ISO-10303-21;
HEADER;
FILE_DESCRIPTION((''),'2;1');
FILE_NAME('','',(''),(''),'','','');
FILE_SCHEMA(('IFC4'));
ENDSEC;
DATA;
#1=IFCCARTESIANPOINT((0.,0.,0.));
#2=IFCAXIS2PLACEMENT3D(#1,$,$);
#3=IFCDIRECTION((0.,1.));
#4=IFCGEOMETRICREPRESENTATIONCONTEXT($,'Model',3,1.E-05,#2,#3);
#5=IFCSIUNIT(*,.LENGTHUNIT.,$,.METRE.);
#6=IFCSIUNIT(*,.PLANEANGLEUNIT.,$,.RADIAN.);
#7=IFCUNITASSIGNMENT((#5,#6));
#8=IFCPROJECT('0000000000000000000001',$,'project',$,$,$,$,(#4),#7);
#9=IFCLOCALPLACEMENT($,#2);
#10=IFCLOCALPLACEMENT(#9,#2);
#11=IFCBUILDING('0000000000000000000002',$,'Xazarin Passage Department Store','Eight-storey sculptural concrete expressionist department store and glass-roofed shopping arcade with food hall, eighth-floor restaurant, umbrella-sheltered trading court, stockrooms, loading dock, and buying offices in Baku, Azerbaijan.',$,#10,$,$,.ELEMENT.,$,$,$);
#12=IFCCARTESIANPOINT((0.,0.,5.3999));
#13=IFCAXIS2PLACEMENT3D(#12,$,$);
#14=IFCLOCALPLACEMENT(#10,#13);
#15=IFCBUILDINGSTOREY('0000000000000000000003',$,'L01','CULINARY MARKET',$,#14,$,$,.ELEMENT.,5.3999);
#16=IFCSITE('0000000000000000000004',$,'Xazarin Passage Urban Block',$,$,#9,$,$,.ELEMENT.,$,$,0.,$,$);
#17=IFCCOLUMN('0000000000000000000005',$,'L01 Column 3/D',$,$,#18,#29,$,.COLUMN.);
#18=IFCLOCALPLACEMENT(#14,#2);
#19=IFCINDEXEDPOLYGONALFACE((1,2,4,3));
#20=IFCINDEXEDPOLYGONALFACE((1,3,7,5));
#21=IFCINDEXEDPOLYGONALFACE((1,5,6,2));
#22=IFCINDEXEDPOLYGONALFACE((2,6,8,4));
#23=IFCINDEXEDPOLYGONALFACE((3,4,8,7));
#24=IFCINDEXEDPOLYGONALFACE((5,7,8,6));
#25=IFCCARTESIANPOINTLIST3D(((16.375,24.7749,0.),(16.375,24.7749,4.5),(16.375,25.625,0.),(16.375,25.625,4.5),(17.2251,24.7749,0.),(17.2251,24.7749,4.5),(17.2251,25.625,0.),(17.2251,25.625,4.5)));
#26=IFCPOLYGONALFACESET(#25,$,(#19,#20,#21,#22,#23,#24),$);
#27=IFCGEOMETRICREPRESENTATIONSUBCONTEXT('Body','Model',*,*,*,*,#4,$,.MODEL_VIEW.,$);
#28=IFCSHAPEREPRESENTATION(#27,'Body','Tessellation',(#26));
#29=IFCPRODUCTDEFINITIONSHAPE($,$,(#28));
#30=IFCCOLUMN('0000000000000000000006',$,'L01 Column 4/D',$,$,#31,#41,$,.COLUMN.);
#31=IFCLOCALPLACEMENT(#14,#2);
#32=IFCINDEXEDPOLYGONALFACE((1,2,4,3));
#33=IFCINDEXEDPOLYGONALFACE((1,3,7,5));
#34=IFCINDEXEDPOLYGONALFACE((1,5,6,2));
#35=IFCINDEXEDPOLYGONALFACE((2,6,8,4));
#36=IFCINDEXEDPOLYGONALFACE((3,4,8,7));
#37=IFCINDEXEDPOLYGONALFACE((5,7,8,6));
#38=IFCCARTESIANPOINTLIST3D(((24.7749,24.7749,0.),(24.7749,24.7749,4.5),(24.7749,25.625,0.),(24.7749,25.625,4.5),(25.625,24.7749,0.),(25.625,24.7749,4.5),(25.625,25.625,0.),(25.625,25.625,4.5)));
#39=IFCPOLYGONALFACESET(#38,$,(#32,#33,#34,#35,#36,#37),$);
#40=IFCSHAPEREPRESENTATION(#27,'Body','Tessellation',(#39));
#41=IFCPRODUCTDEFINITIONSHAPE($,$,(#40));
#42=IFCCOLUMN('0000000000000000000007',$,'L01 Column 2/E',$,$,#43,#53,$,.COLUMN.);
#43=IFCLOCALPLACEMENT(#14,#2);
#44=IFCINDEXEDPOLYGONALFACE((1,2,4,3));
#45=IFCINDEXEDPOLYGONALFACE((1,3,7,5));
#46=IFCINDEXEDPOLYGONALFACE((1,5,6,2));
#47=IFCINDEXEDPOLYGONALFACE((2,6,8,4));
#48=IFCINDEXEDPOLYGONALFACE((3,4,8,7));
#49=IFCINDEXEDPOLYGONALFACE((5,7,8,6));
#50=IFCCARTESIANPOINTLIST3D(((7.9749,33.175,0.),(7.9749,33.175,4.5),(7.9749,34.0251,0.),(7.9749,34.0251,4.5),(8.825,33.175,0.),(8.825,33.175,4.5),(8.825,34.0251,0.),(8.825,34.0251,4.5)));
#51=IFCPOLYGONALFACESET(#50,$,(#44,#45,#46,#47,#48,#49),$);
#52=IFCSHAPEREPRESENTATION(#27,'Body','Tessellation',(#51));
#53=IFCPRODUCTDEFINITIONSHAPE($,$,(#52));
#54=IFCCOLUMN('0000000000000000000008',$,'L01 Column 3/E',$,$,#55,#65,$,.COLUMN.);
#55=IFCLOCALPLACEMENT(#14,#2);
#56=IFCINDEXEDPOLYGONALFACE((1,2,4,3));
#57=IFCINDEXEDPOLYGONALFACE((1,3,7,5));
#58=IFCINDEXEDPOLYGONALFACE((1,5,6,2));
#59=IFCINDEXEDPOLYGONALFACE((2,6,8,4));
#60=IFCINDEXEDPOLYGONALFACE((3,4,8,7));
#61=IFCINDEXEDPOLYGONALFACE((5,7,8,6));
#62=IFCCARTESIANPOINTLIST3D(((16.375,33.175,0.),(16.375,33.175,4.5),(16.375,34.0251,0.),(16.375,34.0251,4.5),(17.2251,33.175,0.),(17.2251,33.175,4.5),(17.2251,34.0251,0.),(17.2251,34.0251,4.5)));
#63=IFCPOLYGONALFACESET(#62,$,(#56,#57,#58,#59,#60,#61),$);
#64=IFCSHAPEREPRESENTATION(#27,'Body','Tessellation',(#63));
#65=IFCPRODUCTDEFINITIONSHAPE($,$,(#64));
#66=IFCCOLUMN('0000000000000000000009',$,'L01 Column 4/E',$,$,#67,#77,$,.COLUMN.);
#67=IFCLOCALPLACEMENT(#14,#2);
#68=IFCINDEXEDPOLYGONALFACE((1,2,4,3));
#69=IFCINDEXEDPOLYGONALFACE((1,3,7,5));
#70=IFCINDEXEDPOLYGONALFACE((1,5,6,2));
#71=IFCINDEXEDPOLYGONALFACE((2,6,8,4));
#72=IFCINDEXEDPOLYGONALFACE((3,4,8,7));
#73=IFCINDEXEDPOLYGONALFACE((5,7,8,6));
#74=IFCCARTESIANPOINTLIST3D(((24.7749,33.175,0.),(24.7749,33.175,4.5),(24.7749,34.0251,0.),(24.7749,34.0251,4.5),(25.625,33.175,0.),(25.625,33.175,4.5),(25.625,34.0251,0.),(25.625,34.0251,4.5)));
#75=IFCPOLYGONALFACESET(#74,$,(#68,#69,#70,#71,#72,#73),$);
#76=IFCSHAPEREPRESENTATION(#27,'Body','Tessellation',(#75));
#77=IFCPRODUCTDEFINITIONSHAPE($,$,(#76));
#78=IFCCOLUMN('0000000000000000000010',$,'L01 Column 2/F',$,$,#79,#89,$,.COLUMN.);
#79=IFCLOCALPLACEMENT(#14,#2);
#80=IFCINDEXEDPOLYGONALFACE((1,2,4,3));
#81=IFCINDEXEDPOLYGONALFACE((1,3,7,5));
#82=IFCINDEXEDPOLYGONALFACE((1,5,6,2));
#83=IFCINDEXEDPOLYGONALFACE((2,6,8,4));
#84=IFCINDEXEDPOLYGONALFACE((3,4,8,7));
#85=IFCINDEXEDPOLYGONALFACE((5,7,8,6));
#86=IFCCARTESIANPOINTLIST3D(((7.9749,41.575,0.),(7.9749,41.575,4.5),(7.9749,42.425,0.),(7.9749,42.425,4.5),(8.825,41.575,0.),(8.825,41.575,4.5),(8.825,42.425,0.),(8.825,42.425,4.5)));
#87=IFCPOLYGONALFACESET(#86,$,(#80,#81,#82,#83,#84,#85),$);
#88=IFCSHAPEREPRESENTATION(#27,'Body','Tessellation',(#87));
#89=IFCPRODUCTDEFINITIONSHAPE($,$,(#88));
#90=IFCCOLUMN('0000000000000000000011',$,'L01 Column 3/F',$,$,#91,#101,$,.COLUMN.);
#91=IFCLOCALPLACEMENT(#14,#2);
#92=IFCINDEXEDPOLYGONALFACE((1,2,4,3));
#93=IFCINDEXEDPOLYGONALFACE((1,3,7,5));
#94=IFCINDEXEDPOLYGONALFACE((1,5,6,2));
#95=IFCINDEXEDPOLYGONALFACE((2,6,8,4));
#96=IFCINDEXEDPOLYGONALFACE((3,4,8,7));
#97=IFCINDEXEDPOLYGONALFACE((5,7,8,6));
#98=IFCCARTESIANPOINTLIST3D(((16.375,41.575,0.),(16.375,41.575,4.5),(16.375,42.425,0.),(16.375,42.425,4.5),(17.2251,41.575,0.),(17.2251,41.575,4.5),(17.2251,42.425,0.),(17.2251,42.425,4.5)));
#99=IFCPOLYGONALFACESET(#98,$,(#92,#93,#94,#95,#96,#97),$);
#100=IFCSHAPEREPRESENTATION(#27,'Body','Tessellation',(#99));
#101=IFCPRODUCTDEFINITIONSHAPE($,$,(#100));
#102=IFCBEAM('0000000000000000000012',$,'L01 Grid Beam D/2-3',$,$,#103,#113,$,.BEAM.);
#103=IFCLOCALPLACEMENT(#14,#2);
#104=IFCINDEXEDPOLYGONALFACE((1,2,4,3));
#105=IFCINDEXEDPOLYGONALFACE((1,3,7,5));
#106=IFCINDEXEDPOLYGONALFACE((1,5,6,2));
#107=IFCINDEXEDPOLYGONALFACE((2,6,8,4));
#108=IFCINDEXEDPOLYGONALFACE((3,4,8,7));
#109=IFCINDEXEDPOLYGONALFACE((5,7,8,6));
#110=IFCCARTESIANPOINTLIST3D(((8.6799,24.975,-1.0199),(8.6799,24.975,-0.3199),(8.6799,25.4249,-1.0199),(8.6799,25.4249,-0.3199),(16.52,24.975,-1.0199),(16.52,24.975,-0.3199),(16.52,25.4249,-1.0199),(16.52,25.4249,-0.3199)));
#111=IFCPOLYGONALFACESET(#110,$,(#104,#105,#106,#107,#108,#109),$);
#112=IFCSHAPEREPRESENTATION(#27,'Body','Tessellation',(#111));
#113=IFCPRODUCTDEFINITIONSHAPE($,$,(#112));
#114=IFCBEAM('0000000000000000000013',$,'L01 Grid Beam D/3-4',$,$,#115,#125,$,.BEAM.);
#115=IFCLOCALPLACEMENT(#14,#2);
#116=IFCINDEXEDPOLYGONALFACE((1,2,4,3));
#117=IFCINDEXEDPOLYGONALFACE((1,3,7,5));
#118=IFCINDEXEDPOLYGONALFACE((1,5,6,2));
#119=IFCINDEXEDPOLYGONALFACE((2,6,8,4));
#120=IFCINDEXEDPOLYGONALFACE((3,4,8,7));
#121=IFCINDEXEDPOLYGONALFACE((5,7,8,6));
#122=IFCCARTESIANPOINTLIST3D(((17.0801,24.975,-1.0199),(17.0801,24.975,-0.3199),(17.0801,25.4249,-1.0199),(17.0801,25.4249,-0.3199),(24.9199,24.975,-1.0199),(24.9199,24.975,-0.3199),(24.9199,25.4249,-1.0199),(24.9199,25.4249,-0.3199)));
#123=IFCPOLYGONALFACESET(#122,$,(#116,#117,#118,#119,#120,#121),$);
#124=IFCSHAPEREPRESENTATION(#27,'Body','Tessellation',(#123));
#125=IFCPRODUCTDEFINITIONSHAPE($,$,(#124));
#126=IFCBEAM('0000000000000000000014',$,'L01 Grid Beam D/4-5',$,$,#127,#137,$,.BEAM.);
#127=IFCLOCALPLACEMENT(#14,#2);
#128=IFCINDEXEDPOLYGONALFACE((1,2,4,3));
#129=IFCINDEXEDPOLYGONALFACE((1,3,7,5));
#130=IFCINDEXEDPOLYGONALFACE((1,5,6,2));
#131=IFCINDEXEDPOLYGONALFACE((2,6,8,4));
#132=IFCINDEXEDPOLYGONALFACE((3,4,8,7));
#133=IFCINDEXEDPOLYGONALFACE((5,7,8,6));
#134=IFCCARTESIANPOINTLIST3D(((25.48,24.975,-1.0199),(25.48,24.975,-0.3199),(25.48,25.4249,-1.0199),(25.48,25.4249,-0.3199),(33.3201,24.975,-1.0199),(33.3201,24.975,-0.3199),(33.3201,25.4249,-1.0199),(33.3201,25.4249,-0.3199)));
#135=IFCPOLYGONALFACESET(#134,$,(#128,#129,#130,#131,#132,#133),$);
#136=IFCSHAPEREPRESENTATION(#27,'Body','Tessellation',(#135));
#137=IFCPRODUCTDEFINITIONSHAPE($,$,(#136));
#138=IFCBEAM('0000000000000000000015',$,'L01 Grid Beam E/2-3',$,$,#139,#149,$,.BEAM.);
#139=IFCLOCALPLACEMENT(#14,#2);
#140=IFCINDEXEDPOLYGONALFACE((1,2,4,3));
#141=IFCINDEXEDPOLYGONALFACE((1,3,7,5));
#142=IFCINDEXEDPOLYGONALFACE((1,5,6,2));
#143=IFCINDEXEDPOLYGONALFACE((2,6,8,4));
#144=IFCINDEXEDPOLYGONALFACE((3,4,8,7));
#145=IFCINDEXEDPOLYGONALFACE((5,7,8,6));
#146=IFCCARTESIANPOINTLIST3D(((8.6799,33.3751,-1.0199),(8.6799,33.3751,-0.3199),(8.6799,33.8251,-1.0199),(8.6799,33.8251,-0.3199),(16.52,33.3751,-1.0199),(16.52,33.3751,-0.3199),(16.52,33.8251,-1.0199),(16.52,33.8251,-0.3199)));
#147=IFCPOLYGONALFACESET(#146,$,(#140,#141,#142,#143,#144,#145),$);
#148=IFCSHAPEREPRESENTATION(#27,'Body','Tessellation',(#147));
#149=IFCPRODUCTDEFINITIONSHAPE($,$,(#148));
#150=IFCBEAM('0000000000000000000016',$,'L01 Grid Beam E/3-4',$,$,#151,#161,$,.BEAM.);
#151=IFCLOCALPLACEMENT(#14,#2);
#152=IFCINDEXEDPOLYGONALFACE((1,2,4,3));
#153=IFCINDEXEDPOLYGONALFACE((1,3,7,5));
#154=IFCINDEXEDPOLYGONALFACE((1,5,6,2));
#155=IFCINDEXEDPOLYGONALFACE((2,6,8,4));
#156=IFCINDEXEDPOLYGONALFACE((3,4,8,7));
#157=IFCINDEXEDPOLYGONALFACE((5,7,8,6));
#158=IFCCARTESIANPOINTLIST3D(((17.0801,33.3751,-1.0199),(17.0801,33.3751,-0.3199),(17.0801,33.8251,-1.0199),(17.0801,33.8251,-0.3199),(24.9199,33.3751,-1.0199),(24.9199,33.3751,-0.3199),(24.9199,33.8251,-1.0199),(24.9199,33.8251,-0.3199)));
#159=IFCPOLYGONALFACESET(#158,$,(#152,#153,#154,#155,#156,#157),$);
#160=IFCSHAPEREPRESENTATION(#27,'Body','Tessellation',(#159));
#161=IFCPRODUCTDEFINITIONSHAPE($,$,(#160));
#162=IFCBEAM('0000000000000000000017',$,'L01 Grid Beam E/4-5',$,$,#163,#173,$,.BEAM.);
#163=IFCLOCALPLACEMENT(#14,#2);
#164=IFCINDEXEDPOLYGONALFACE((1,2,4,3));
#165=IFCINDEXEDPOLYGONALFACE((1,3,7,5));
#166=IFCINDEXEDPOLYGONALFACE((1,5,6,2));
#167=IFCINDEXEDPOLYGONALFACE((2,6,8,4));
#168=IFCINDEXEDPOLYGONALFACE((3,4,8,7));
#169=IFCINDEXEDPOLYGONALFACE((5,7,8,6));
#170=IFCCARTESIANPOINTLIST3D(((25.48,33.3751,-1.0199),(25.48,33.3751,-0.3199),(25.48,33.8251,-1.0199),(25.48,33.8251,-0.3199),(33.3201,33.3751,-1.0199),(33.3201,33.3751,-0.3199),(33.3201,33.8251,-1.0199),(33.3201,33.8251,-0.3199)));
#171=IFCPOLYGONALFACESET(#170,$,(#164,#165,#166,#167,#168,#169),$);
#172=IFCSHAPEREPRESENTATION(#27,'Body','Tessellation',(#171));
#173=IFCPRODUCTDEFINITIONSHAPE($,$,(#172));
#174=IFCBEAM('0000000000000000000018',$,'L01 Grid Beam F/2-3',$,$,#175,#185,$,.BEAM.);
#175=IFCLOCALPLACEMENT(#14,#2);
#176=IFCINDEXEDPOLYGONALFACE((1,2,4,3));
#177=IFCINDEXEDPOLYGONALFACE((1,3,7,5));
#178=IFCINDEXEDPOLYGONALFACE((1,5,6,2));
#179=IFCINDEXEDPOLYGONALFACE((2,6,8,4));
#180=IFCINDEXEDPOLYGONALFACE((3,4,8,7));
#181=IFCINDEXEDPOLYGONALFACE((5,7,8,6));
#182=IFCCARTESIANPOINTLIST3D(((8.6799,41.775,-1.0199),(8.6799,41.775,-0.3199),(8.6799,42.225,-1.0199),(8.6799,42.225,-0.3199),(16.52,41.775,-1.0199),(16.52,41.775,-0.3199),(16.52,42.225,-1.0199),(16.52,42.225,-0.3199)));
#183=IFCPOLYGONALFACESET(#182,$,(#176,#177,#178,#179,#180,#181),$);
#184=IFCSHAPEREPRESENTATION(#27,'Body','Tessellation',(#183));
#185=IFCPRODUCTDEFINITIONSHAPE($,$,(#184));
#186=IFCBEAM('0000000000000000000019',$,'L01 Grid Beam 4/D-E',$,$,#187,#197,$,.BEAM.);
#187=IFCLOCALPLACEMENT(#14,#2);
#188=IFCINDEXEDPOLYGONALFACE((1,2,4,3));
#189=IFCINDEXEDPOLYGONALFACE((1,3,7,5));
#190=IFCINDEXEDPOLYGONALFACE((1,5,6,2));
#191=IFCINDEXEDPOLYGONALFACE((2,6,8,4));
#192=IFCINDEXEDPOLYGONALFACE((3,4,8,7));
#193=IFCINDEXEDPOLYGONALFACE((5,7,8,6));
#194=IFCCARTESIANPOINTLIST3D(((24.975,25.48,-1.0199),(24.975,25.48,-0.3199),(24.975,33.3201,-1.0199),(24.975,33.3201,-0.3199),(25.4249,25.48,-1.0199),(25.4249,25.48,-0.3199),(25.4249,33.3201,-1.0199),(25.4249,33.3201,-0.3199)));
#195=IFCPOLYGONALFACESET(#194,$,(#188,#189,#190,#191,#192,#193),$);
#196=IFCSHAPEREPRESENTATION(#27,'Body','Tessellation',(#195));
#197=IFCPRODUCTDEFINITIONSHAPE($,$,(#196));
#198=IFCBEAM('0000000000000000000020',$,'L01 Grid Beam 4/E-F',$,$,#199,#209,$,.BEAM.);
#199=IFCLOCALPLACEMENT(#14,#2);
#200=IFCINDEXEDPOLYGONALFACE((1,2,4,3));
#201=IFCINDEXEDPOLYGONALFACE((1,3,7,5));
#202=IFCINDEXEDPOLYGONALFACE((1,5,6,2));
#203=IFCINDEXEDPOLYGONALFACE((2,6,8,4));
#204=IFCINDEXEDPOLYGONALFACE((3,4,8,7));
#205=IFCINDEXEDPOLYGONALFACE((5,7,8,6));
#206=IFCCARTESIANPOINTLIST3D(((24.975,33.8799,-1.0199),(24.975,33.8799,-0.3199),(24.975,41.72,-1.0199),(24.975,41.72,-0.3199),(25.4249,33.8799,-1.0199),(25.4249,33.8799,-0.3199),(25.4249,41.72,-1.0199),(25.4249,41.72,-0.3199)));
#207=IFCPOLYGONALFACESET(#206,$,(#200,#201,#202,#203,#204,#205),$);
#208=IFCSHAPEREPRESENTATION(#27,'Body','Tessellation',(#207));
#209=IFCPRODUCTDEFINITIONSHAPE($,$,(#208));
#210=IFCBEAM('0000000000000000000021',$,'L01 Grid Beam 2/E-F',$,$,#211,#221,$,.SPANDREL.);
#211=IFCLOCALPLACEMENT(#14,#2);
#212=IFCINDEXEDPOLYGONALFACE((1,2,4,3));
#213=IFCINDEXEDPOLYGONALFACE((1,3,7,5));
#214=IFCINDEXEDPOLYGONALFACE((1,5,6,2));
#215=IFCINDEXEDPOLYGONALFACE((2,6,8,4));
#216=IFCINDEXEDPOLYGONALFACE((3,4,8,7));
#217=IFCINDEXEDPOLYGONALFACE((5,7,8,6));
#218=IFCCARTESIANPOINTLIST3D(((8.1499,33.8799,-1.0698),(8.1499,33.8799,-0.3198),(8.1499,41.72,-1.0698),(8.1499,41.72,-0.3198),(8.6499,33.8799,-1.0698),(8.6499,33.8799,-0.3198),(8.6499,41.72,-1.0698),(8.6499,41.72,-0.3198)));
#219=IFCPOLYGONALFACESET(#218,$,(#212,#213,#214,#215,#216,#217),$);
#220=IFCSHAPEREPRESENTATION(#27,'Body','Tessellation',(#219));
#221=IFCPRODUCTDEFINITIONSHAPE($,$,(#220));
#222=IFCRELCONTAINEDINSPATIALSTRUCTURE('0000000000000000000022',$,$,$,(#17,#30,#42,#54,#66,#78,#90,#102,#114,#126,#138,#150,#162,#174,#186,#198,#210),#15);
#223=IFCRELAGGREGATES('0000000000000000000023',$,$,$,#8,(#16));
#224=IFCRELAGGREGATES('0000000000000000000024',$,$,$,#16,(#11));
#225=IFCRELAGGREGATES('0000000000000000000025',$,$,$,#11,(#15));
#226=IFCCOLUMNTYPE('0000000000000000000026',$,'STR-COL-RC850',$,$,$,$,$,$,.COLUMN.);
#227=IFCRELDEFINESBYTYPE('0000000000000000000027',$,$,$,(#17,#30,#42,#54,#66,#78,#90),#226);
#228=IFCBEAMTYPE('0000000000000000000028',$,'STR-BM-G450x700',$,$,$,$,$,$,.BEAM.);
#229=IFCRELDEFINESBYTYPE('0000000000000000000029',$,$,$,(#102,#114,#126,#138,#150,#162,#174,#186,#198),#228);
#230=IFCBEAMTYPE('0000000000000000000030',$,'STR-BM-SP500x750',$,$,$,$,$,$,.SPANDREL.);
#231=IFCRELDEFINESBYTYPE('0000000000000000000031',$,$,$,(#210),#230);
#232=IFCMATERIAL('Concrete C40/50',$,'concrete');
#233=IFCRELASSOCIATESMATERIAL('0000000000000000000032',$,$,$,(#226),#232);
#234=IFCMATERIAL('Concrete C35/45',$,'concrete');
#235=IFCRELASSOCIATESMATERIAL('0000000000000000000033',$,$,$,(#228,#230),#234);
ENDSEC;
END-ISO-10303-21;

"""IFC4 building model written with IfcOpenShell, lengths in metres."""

from ifc_helpers import new_model, si_unit, direction, frame, origin, origin_2d, place, context, subcontext, project, spatial, rectangle, extrude, material, material_profile, profile_set, type_object, element, save


model = new_model("IFC4")

# Units and contexts
model_context = context("Model", 3, precision=1e-05, world=origin(), true_north=direction((0.0, 1.0)))
body_context = subcontext(model_context, "Body", "Model", "MODEL_VIEW")
ifc_project = project(units=[si_unit("LENGTHUNIT", "METRE"), si_unit("PLANEANGLEUNIT", "RADIAN")], contexts=[model_context])

# Site, building, storey
site_placement = place(None, origin())
site = spatial("IfcSite", under=ifc_project, at=site_placement, Name="Xazarin Passage Urban Block", CompositionType="ELEMENT", RefElevation=0.0)
building_placement = place(site_placement, origin())
building = spatial("IfcBuilding", under=site, at=building_placement, Name="Xazarin Passage Department Store", Description="Eight-storey sculptural concrete expressionist department store and glass-roofed shopping arcade with food hall, eighth-floor restaurant, umbrella-sheltered trading court, stockrooms, loading dock, and buying offices in Baku, Azerbaijan.", CompositionType="ELEMENT")
storey_placement = place(building_placement, frame((0.0, 0.0, 5.3999)))
storey = spatial("IfcBuildingStorey", under=building, at=storey_placement, Name="L01", Description="CULINARY MARKET", CompositionType="ELEMENT", Elevation=5.3999)

# Columns
ifc_material_1 = material(Name="Concrete C40/50", Category="concrete")
ifc_material_profile_1 = material_profile(ifc_material_1, rectangle(XDim=0.8501, YDim=0.8501, at=origin_2d()), Name="RC 850x850")
ifc_profile_set_1 = profile_set([ifc_material_profile_1], Name="Concrete C40/50")
column_type = type_object("IfcColumnType", Name="STR-COL-RC850", PredefinedType="COLUMN", material=ifc_profile_set_1)
for number, where, z_axis, x_axis, name in (
    (1, (16.8, 25.2, 0.0), (0.0, 0.0, 1.0), (1.0, 0.0, 0.0), "L01 Column 3/D"),
    (2, (25.2, 25.2, 0.0), (0.0, 0.0, 1.0), (1.0, 0.0, 0.0), "L01 Column 4/D"),
    (3, (8.3999, 33.6001, 0.0), (0.0, 0.0, 1.0), (1.0, 0.0, 0.0), "L01 Column 2/E"),
    (4, (16.8, 33.6001, 0.0), (0.0, 0.0, 1.0), (1.0, 0.0, 0.0), "L01 Column 3/E"),
    (5, (25.2, 33.6001, 0.0), (0.0, 0.0, 1.0), (1.0, 0.0, 0.0), "L01 Column 4/E"),
    (6, (8.3999, 42.0, 0.0), (0.0, 0.0, 1.0), (1.0, 0.0, 0.0), "L01 Column 2/F"),
    (7, (16.8, 42.0, 0.0), (0.0, 0.0, 1.0), (1.0, 0.0, 0.0), "L01 Column 3/F"),
):
    element("IfcColumn", number, at=place(storey_placement, frame(where, z_axis=z_axis, x_axis=x_axis)), inside=storey, type_object=column_type, Name=name, PredefinedType="COLUMN", context=body_context, shape_type="SweptSolid", body=[
        extrude(rectangle(XDim=0.8501, YDim=0.8501, at=origin_2d()), origin(), (0.0, 0.0, 1.0), 4.5),
    ])

# Beams
ifc_material_2 = material(Name="Concrete C35/45", Category="concrete")
ifc_material_profile_2 = material_profile(ifc_material_2, rectangle(XDim=0.45, YDim=0.7, at=origin_2d()), Name="RC 450x700")
ifc_profile_set_2 = profile_set([ifc_material_profile_2], Name="Concrete C35/45")
beam_type_1 = type_object("IfcBeamType", Name="STR-BM-G450x700", PredefinedType="BEAM", material=ifc_profile_set_2)
beam_1_placement = place(storey_placement, frame((8.6799, 25.2, -0.6699), z_axis=(1.0, 0.0, 0.0), x_axis=(0.0, 1.0, 0.0)))
element("IfcBeam", 8, at=beam_1_placement, inside=storey, type_object=beam_type_1, Name="L01 Grid Beam D/2-3", PredefinedType="BEAM", context=body_context, shape_type="SweptSolid", body=[
    extrude(rectangle(XDim=0.45, YDim=0.7, at=origin_2d()), origin(), (0.0, 0.0, 1.0), 7.8401),
])
beam_2_placement = place(storey_placement, frame((17.0801, 25.2, -0.6699), z_axis=(1.0, 0.0, 0.0), x_axis=(0.0, 1.0, 0.0)))
element("IfcBeam", 9, at=beam_2_placement, inside=storey, type_object=beam_type_1, Name="L01 Grid Beam D/3-4", PredefinedType="BEAM", context=body_context, shape_type="SweptSolid", body=[
    extrude(rectangle(XDim=0.45, YDim=0.7, at=origin_2d()), origin(), (0.0, 0.0, 1.0), 7.8398),
])
for number, where, z_axis, x_axis, name in (
    (10, (25.48, 25.2, -0.6699), (1.0, 0.0, 0.0), (0.0, 1.0, 0.0), "L01 Grid Beam D/4-5"),
    (11, (8.6799, 33.6001, -0.6699), (1.0, 0.0, 0.0), (0.0, 1.0, 0.0), "L01 Grid Beam E/2-3"),
):
    element("IfcBeam", number, at=place(storey_placement, frame(where, z_axis=z_axis, x_axis=x_axis)), inside=storey, type_object=beam_type_1, Name=name, PredefinedType="BEAM", context=body_context, shape_type="SweptSolid", body=[
        extrude(rectangle(XDim=0.45, YDim=0.7, at=origin_2d()), origin(), (0.0, 0.0, 1.0), 7.8401),
    ])
beam_3_placement = place(storey_placement, frame((17.0801, 33.6001, -0.6699), z_axis=(1.0, 0.0, 0.0), x_axis=(0.0, 1.0, 0.0)))
element("IfcBeam", 12, at=beam_3_placement, inside=storey, type_object=beam_type_1, Name="L01 Grid Beam E/3-4", PredefinedType="BEAM", context=body_context, shape_type="SweptSolid", body=[
    extrude(rectangle(XDim=0.45, YDim=0.7, at=origin_2d()), origin(), (0.0, 0.0, 1.0), 7.8398),
])
for number, where, z_axis, x_axis, name in (
    (13, (25.48, 33.6001, -0.6699), (1.0, 0.0, 0.0), (0.0, 1.0, 0.0), "L01 Grid Beam E/4-5"),
    (14, (8.6799, 42.0, -0.6699), (1.0, 0.0, 0.0), (0.0, 1.0, 0.0), "L01 Grid Beam F/2-3"),
    (15, (25.2, 25.48, -0.6699), (0.0, 1.0, 0.0), (-1.0, 0.0, 0.0), "L01 Grid Beam 4/D-E"),
    (16, (25.2, 33.8799, -0.6699), (0.0, 1.0, 0.0), (-1.0, 0.0, 0.0), "L01 Grid Beam 4/E-F"),
):
    element("IfcBeam", number, at=place(storey_placement, frame(where, z_axis=z_axis, x_axis=x_axis)), inside=storey, type_object=beam_type_1, Name=name, PredefinedType="BEAM", context=body_context, shape_type="SweptSolid", body=[
        extrude(rectangle(XDim=0.45, YDim=0.7, at=origin_2d()), origin(), (0.0, 0.0, 1.0), 7.8401),
    ])
ifc_material_profile_3 = material_profile(ifc_material_2, rectangle(XDim=0.5, YDim=0.75, at=origin_2d()), Name="RC 500x750")
ifc_profile_set_3 = profile_set([ifc_material_profile_3], Name="Concrete C35/45")
beam_type_2 = type_object("IfcBeamType", Name="STR-BM-SP500x750", PredefinedType="SPANDREL", material=ifc_profile_set_3)
for number, where, z_axis, x_axis, name in (
    (17, (8.3999, 33.8799, -0.6948), (0.0, 1.0, 0.0), (-1.0, 0.0, 0.0), "L01 Grid Beam 2/E-F"),
):
    element("IfcBeam", number, at=place(storey_placement, frame(where, z_axis=z_axis, x_axis=x_axis)), inside=storey, type_object=beam_type_2, Name=name, PredefinedType="SPANDREL", context=body_context, shape_type="SweptSolid", body=[
        extrude(rectangle(XDim=0.5, YDim=0.75, at=origin_2d()), origin(), (0.0, 0.0, 1.0), 7.8401),
    ])

save(model, "model.ifc")
